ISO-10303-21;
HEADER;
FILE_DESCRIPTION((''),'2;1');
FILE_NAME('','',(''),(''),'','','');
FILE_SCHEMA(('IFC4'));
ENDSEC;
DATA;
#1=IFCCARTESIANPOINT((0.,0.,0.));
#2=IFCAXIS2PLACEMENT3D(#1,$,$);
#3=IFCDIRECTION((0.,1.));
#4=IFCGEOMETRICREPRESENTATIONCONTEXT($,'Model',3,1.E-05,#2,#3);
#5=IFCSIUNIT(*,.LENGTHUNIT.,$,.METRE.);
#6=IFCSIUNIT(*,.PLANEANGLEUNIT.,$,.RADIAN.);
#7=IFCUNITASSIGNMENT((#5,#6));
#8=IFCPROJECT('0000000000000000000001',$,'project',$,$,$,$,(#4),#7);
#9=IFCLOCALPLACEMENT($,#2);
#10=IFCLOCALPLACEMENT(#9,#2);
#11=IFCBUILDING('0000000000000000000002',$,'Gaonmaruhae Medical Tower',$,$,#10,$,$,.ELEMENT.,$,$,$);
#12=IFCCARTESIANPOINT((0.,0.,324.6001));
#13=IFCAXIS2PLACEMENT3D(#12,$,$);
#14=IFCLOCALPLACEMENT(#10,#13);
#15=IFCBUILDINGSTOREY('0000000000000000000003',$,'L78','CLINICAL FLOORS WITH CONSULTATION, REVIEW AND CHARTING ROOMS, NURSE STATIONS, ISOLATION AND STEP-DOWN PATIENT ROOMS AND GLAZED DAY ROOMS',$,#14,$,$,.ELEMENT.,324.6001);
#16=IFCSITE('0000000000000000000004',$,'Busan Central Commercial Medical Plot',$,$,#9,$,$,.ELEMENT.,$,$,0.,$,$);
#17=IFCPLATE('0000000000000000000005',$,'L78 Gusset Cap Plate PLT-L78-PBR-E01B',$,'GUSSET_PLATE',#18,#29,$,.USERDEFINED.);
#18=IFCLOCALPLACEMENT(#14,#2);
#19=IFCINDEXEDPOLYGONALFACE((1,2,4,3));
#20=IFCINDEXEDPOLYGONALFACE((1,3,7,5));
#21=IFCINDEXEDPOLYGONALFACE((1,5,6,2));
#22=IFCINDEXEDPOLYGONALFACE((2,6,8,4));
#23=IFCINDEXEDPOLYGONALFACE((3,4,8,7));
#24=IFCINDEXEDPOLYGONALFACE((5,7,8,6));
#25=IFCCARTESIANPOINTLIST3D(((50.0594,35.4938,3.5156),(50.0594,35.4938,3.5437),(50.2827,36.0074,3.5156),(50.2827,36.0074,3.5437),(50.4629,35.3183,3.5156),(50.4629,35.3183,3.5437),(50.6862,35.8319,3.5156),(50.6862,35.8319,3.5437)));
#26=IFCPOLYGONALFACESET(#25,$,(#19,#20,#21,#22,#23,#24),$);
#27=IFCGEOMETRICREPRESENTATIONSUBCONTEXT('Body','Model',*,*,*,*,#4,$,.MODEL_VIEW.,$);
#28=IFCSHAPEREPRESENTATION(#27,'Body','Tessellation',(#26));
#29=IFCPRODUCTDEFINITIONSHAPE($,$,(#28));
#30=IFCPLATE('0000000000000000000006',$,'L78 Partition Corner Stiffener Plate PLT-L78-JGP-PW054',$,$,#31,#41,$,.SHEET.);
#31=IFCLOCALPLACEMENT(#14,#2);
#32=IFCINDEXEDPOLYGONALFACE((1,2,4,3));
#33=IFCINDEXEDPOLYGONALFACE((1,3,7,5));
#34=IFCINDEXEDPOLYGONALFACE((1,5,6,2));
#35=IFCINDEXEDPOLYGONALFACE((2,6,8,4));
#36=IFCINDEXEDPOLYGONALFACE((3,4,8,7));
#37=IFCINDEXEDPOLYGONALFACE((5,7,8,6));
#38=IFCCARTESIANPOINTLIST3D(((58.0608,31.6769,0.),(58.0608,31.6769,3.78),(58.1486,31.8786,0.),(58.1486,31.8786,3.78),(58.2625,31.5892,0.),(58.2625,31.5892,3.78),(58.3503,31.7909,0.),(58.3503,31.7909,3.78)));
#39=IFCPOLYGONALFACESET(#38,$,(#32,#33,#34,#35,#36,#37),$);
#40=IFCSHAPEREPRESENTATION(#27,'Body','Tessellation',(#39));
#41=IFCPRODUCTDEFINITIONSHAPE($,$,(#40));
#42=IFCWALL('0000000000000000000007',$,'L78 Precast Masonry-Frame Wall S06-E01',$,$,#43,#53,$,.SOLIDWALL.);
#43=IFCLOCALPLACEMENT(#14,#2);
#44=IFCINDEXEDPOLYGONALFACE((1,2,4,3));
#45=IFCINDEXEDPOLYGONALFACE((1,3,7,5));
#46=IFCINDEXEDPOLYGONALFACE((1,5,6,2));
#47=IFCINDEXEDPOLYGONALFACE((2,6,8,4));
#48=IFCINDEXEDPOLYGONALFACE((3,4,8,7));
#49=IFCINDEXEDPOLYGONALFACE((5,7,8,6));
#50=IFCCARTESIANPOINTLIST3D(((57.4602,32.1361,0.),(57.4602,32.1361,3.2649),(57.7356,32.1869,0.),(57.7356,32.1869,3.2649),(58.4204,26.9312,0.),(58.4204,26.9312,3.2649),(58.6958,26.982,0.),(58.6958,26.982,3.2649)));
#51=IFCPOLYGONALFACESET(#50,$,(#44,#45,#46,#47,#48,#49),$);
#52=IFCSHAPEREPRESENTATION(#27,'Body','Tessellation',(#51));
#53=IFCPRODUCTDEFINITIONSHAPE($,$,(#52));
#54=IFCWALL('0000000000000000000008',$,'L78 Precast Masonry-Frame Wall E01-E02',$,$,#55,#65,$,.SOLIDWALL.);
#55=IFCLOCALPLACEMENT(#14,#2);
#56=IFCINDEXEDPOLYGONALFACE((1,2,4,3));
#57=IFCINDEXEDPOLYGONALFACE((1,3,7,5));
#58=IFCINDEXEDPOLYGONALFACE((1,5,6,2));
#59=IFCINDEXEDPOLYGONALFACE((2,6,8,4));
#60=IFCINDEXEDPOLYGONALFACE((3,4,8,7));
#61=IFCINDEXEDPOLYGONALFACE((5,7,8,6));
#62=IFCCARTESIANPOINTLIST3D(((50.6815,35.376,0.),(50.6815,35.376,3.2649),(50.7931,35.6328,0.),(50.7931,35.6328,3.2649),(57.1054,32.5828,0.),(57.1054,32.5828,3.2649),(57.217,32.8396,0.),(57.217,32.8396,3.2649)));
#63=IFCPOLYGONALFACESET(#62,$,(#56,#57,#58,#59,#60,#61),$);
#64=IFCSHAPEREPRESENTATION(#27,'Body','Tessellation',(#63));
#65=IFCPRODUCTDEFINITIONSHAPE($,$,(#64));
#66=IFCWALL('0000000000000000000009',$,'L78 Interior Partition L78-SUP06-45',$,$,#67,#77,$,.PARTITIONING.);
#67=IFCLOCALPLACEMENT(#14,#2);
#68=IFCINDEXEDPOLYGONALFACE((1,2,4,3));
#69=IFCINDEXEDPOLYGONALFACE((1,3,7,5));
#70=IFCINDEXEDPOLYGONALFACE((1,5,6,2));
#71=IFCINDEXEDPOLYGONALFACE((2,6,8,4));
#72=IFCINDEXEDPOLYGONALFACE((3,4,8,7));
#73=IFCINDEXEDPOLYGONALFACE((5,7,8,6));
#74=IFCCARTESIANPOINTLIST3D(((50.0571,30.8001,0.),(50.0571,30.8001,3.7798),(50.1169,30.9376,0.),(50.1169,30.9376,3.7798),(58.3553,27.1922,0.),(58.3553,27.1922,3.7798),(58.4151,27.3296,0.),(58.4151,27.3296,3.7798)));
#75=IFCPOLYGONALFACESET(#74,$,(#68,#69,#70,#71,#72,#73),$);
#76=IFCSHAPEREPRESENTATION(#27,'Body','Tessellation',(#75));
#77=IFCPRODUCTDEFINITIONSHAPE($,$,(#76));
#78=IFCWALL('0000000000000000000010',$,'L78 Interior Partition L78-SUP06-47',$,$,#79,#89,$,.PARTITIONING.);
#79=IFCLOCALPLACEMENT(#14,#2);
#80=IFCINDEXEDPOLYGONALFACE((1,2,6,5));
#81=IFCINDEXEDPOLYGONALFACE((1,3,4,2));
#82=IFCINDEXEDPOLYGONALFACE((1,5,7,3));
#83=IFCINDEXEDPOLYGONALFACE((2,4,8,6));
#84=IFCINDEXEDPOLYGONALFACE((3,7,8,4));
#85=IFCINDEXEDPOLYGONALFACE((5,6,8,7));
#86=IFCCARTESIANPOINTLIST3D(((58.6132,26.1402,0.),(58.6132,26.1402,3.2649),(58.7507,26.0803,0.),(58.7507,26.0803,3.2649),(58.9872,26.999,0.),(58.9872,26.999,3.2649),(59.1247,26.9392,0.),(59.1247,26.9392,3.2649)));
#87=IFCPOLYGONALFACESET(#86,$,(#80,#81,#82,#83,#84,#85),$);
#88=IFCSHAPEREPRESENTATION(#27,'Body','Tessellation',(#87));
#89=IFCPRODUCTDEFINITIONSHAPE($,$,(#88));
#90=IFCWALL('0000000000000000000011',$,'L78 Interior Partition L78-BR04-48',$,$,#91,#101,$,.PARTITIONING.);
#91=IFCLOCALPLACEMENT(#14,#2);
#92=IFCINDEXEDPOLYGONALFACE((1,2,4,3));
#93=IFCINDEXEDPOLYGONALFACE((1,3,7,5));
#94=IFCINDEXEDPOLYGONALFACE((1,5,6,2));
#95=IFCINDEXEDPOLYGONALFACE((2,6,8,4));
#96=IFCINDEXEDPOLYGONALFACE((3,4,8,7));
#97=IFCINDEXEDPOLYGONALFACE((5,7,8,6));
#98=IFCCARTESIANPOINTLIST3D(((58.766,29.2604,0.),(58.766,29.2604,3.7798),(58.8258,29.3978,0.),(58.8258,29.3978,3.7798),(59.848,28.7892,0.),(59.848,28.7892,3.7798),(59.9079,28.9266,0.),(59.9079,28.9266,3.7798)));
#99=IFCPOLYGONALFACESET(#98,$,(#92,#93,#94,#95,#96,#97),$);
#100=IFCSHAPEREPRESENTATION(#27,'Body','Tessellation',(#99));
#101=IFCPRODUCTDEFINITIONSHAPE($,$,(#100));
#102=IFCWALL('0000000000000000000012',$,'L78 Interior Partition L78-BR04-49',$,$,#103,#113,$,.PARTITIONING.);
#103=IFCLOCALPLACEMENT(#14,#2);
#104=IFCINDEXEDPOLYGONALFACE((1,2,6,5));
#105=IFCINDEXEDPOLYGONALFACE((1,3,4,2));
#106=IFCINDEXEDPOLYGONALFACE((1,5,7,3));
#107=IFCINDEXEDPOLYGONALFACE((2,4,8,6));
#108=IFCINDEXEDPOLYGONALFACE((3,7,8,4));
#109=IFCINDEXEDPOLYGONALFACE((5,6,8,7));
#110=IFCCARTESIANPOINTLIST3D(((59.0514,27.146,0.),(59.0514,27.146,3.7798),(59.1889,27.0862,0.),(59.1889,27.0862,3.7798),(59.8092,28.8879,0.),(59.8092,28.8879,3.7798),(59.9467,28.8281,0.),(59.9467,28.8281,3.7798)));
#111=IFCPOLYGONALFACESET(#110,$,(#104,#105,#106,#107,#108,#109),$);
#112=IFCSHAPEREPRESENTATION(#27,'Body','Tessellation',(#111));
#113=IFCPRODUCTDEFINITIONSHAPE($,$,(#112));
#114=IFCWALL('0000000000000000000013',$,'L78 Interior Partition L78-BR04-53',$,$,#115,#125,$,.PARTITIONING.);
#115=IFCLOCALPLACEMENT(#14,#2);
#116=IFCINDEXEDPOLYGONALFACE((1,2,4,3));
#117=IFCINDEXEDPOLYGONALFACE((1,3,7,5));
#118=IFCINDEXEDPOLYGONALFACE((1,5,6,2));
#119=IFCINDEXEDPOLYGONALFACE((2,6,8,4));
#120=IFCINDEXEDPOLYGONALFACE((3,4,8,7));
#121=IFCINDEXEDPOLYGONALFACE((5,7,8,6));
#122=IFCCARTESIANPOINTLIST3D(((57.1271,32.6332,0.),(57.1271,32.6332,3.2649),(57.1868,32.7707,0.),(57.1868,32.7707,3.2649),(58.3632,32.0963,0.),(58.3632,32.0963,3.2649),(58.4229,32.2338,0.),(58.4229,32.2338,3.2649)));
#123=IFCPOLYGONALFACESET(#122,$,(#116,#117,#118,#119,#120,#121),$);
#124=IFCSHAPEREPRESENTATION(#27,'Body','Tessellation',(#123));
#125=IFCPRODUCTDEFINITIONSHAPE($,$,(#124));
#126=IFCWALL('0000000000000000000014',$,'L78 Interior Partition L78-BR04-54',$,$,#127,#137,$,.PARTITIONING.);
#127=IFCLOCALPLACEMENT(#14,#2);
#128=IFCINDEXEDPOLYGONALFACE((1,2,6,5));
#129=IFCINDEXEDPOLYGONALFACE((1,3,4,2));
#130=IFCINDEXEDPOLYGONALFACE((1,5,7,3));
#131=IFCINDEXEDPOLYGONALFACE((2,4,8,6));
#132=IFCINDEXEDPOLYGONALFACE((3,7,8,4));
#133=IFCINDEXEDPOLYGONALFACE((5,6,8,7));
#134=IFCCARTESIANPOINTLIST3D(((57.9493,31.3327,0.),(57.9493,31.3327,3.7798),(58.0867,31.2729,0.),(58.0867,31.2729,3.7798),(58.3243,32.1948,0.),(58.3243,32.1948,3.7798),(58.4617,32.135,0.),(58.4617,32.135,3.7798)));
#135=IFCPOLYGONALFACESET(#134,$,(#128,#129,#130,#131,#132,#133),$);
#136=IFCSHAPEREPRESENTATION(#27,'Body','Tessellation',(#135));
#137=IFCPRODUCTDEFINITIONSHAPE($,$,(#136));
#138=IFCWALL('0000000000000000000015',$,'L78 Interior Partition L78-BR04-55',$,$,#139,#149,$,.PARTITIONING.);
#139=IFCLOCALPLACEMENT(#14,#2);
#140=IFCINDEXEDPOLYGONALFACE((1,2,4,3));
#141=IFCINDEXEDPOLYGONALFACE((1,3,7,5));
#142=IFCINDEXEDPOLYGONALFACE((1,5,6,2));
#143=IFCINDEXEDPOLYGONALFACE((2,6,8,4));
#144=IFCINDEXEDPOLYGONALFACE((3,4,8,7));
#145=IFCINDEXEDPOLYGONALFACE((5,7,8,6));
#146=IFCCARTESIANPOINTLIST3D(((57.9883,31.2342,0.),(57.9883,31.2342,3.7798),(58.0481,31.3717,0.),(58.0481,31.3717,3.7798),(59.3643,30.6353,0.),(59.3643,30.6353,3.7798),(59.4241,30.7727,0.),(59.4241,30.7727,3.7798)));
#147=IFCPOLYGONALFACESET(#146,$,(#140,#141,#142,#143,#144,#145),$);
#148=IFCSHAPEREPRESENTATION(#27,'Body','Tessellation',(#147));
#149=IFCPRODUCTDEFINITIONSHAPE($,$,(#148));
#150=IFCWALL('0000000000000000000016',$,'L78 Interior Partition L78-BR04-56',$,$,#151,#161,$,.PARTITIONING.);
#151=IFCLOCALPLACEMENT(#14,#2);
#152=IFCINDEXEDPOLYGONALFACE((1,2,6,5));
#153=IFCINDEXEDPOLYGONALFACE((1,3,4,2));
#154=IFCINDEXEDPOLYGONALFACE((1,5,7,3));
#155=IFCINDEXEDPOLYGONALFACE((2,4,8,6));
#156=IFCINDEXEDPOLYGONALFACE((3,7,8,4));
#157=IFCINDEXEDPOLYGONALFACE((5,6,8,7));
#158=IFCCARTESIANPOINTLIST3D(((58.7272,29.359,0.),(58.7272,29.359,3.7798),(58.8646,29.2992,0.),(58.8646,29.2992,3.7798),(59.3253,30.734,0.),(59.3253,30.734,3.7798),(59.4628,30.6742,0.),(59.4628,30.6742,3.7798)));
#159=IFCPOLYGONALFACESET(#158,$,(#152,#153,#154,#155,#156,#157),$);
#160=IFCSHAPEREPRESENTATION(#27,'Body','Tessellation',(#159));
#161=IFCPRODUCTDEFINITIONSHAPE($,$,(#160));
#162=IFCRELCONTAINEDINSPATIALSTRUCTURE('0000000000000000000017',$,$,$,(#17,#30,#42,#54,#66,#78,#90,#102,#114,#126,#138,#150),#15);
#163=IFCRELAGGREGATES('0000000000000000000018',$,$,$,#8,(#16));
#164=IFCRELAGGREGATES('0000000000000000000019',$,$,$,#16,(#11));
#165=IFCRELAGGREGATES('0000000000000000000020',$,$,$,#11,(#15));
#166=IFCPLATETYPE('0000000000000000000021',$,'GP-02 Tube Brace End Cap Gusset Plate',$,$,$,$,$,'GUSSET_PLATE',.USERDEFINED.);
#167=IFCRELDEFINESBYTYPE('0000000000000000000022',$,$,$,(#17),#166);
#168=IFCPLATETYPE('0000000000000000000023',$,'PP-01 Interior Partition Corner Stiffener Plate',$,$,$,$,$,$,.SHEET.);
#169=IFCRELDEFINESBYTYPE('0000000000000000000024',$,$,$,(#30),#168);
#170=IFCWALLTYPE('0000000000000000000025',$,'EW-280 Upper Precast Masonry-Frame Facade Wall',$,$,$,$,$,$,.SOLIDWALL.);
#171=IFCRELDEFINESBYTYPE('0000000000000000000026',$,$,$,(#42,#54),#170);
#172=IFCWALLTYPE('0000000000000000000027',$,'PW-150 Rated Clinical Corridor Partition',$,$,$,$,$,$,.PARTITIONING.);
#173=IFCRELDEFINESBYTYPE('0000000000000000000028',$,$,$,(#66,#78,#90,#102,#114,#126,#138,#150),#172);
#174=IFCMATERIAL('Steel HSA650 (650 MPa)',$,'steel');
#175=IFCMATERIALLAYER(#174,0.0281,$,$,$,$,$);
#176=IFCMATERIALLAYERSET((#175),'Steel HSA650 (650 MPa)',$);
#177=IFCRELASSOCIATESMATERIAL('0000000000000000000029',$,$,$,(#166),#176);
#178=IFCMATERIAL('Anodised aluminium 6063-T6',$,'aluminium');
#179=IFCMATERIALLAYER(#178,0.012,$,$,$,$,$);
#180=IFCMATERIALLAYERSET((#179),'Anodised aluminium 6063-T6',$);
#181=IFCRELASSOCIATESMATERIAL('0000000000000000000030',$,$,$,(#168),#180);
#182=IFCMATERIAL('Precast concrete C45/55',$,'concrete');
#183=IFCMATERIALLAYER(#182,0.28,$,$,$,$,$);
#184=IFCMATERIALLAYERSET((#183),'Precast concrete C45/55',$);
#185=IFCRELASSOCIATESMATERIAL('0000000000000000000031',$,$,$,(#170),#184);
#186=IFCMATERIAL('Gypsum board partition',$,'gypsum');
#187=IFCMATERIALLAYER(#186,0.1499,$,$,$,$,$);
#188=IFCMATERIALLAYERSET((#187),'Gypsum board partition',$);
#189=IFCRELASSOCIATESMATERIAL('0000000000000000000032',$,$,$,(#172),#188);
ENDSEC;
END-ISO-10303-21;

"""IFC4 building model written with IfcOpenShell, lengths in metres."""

from ifc_helpers import new_model, si_unit, direction, frame, frame_2d, origin, origin_2d, place, context, subcontext, project, spatial, rectangle, extrude, material, layer, layer_set, type_object, element, save


model = new_model("IFC4")

# Units and contexts
model_context = context("Model", 3, precision=1e-05, world=origin(), true_north=direction((0.0, 1.0)))
body_context = subcontext(model_context, "Body", "Model", "MODEL_VIEW")
ifc_project = project(units=[si_unit("LENGTHUNIT", "METRE"), si_unit("PLANEANGLEUNIT", "RADIAN")], contexts=[model_context])

# Site, building, storey
site_placement = place(None, origin())
site = spatial("IfcSite", under=ifc_project, at=site_placement, Name="Busan Central Commercial Medical Plot", CompositionType="ELEMENT", RefElevation=0.0)
building_placement = place(site_placement, origin())
building = spatial("IfcBuilding", under=site, at=building_placement, Name="Gaonmaruhae Medical Tower", CompositionType="ELEMENT")
storey_placement = place(building_placement, frame((0.0, 0.0, 324.6001)))
storey = spatial("IfcBuildingStorey", under=building, at=storey_placement, Name="L78", Description="CLINICAL FLOORS WITH CONSULTATION, REVIEW AND CHARTING ROOMS, NURSE STATIONS, ISOLATION AND STEP-DOWN PATIENT ROOMS AND GLAZED DAY ROOMS", CompositionType="ELEMENT", Elevation=324.6001)

# Plates
ifc_material_1 = material(Name="Steel HSA650 (650 MPa)", Category="steel")
ifc_layer_1 = layer(ifc_material_1, 0.0281)
ifc_layer_set_1 = layer_set([ifc_layer_1], Name="Steel HSA650 (650 MPa)")
plate_type_1 = type_object("IfcPlateType", Name="GP-02 Tube Brace End Cap Gusset Plate", ElementType="GUSSET_PLATE", PredefinedType="USERDEFINED", material=ifc_layer_set_1)
for number, where, z_axis, x_axis, name in (
    (1, (50.3728, 35.6628, 3.5156), (0.0, 0.0, 1.0), (0.398749, 0.91706, 0.0), "L78 Gusset Cap Plate PLT-L78-PBR-E01B"),
):
    element("IfcPlate", number, at=place(storey_placement, frame(where, z_axis=z_axis, x_axis=x_axis)), inside=storey, type_object=plate_type_1, Name=name, ObjectType="GUSSET_PLATE", PredefinedType="USERDEFINED", context=body_context, shape_type="SweptSolid", body=[
        extrude(rectangle(XDim=0.5601, YDim=0.4399, at=origin_2d()), origin(), (0.0, 0.0, 1.0), 0.0281),
    ])
ifc_material_2 = material(Name="Anodised aluminium 6063-T6", Category="aluminium")
ifc_layer_2 = layer(ifc_material_2, 0.012)
ifc_layer_set_2 = layer_set([ifc_layer_2], Name="Anodised aluminium 6063-T6")
plate_type_2 = type_object("IfcPlateType", Name="PP-01 Interior Partition Corner Stiffener Plate", PredefinedType="SHEET", material=ifc_layer_set_2)
plate_placement = place(storey_placement, frame((58.2056, 31.7339, 0.0), z_axis=(0.0, 0.0, 1.0), x_axis=(-0.398925, -0.916984, 0.0)))
element("IfcPlate", 2, at=plate_placement, inside=storey, type_object=plate_type_2, Name="L78 Partition Corner Stiffener Plate PLT-L78-JGP-PW054", PredefinedType="SHEET", context=body_context, shape_type="SweptSolid", body=[
    extrude(rectangle(XDim=0.22, YDim=0.22, at=origin_2d()), origin(), (0.0, 0.0, 1.0), 3.78),
])

# Walls
ifc_material_3 = material(Name="Precast concrete C45/55", Category="concrete")
ifc_layer_3 = layer(ifc_material_3, 0.28)
ifc_layer_set_3 = layer_set([ifc_layer_3], Name="Precast concrete C45/55")
wall_type_1 = type_object("IfcWallType", Name="EW-280 Upper Precast Masonry-Frame Facade Wall", PredefinedType="SOLIDWALL", material=ifc_layer_set_3)
wall_1_placement = place(storey_placement, frame((57.5979, 32.1616, 0.0), z_axis=(0.0, 0.0, 1.0), x_axis=(0.181422, -0.983405, 0.0)))
element("IfcWall", 3, at=wall_1_placement, inside=storey, type_object=wall_type_1, Name="L78 Precast Masonry-Frame Wall S06-E01", PredefinedType="SOLIDWALL", context=body_context, shape_type="SweptSolid", body=[
    extrude(rectangle(XDim=5.2927, YDim=0.28, at=frame_2d((2.6465, 0.0))), origin(), (0.0, 0.0, 1.0), 3.2649),
])
wall_2_placement = place(storey_placement, frame((50.7373, 35.5044, 0.0), z_axis=(0.0, 0.0, 1.0), x_axis=(0.917057, -0.398755, 0.0)))
element("IfcWall", 4, at=wall_2_placement, inside=storey, type_object=wall_type_1, Name="L78 Precast Masonry-Frame Wall E01-E02", PredefinedType="SOLIDWALL", context=body_context, shape_type="SweptSolid", body=[
    extrude(rectangle(XDim=7.0049, YDim=0.28, at=frame_2d((3.5024, 0.0))), origin(), (0.0, 0.0, 1.0), 3.2649),
])
ifc_material_4 = material(Name="Gypsum board partition", Category="gypsum")
ifc_layer_4 = layer(ifc_material_4, 0.1499)
ifc_layer_set_4 = layer_set([ifc_layer_4], Name="Gypsum board partition")
wall_type_2 = type_object("IfcWallType", Name="PW-150 Rated Clinical Corridor Partition", PredefinedType="PARTITIONING", material=ifc_layer_set_4)
wall_3_placement = place(storey_placement, frame((50.0869, 30.8689, 0.0), z_axis=(0.0, 0.0, 1.0), x_axis=(0.917068, -0.39873, 0.0)))
element("IfcWall", 5, at=wall_3_placement, inside=storey, type_object=wall_type_2, Name="L78 Interior Partition L78-SUP06-45", PredefinedType="PARTITIONING", context=body_context, shape_type="SweptSolid", body=[
    extrude(rectangle(XDim=9.0486, YDim=0.1499, at=frame_2d((4.5244, 0.0))), origin(), (0.0, 0.0, 1.0), 3.7798),
])
wall_4_placement = place(storey_placement, frame((59.0559, 26.969, 0.0), z_axis=(0.0, 0.0, 1.0), x_axis=(-0.39926, -0.916838, 0.0)))
element("IfcWall", 6, at=wall_4_placement, inside=storey, type_object=wall_type_2, Name="L78 Interior Partition L78-SUP06-47", PredefinedType="PARTITIONING", context=body_context, shape_type="SweptSolid", body=[
    extrude(rectangle(XDim=0.9368, YDim=0.1499, at=frame_2d((0.4683, 0.0))), origin(), (0.0, 0.0, 1.0), 3.2649),
])
wall_5_placement = place(storey_placement, frame((58.7959, 29.3291, 0.0), z_axis=(0.0, 0.0, 1.0), x_axis=(0.91684, -0.399256, 0.0)))
element("IfcWall", 7, at=wall_5_placement, inside=storey, type_object=wall_type_2, Name="L78 Interior Partition L78-BR04-48", PredefinedType="PARTITIONING", context=body_context, shape_type="SweptSolid", body=[
    extrude(rectangle(XDim=1.1802, YDim=0.1499, at=frame_2d((0.5901, 0.0))), origin(), (0.0, 0.0, 1.0), 3.7798),
])
wall_6_placement = place(storey_placement, frame((59.8779, 28.8579, 0.0), z_axis=(0.0, 0.0, 1.0), x_axis=(-0.398923, -0.916984, 0.0)))
element("IfcWall", 8, at=wall_6_placement, inside=storey, type_object=wall_type_2, Name="L78 Interior Partition L78-BR04-49", PredefinedType="PARTITIONING", context=body_context, shape_type="SweptSolid", body=[
    extrude(rectangle(XDim=1.8997, YDim=0.1499, at=frame_2d((0.9497, 0.0))), origin(), (0.0, 0.0, 1.0), 3.7798),
])
wall_7_placement = place(storey_placement, frame((57.157, 32.7019, 0.0), z_axis=(0.0, 0.0, 1.0), x_axis=(0.917223, -0.398375, 0.0)))
element("IfcWall", 9, at=wall_7_placement, inside=storey, type_object=wall_type_2, Name="L78 Interior Partition L78-BR04-53", PredefinedType="PARTITIONING", context=body_context, shape_type="SweptSolid", body=[
    extrude(rectangle(XDim=1.3477, YDim=0.1499, at=frame_2d((0.6738, 0.0))), origin(), (0.0, 0.0, 1.0), 3.2649),
])
wall_8_placement = place(storey_placement, frame((58.3931, 32.165, 0.0), z_axis=(0.0, 0.0, 1.0), x_axis=(-0.398897, -0.916996, 0.0)))
element("IfcWall", 10, at=wall_8_placement, inside=storey, type_object=wall_type_2, Name="L78 Interior Partition L78-BR04-54", PredefinedType="PARTITIONING", context=body_context, shape_type="SweptSolid", body=[
    extrude(rectangle(XDim=0.9402, YDim=0.1499, at=frame_2d((0.4702, 0.0))), origin(), (0.0, 0.0, 1.0), 3.7798),
])
wall_9_placement = place(storey_placement, frame((58.0181, 31.303, 0.0), z_axis=(0.0, 0.0, 1.0), x_axis=(0.916917, -0.399077, 0.0)))
element("IfcWall", 11, at=wall_9_placement, inside=storey, type_object=wall_type_2, Name="L78 Interior Partition L78-BR04-55", PredefinedType="PARTITIONING", context=body_context, shape_type="SweptSolid", body=[
    extrude(rectangle(XDim=1.5007, YDim=0.1499, at=frame_2d((0.7505, 0.0))), origin(), (0.0, 0.0, 1.0), 3.7798),
])
wall_10_placement = place(storey_placement, frame((59.394, 30.7041, 0.0), z_axis=(0.0, 0.0, 1.0), x_axis=(-0.398905, -0.916992, 0.0)))
element("IfcWall", 12, at=wall_10_placement, inside=storey, type_object=wall_type_2, Name="L78 Interior Partition L78-BR04-56", PredefinedType="PARTITIONING", context=body_context, shape_type="SweptSolid", body=[
    extrude(rectangle(XDim=1.4995, YDim=0.1499, at=frame_2d((0.7498, 0.0))), origin(), (0.0, 0.0, 1.0), 3.7798),
])

save(model, "model.ifc")
